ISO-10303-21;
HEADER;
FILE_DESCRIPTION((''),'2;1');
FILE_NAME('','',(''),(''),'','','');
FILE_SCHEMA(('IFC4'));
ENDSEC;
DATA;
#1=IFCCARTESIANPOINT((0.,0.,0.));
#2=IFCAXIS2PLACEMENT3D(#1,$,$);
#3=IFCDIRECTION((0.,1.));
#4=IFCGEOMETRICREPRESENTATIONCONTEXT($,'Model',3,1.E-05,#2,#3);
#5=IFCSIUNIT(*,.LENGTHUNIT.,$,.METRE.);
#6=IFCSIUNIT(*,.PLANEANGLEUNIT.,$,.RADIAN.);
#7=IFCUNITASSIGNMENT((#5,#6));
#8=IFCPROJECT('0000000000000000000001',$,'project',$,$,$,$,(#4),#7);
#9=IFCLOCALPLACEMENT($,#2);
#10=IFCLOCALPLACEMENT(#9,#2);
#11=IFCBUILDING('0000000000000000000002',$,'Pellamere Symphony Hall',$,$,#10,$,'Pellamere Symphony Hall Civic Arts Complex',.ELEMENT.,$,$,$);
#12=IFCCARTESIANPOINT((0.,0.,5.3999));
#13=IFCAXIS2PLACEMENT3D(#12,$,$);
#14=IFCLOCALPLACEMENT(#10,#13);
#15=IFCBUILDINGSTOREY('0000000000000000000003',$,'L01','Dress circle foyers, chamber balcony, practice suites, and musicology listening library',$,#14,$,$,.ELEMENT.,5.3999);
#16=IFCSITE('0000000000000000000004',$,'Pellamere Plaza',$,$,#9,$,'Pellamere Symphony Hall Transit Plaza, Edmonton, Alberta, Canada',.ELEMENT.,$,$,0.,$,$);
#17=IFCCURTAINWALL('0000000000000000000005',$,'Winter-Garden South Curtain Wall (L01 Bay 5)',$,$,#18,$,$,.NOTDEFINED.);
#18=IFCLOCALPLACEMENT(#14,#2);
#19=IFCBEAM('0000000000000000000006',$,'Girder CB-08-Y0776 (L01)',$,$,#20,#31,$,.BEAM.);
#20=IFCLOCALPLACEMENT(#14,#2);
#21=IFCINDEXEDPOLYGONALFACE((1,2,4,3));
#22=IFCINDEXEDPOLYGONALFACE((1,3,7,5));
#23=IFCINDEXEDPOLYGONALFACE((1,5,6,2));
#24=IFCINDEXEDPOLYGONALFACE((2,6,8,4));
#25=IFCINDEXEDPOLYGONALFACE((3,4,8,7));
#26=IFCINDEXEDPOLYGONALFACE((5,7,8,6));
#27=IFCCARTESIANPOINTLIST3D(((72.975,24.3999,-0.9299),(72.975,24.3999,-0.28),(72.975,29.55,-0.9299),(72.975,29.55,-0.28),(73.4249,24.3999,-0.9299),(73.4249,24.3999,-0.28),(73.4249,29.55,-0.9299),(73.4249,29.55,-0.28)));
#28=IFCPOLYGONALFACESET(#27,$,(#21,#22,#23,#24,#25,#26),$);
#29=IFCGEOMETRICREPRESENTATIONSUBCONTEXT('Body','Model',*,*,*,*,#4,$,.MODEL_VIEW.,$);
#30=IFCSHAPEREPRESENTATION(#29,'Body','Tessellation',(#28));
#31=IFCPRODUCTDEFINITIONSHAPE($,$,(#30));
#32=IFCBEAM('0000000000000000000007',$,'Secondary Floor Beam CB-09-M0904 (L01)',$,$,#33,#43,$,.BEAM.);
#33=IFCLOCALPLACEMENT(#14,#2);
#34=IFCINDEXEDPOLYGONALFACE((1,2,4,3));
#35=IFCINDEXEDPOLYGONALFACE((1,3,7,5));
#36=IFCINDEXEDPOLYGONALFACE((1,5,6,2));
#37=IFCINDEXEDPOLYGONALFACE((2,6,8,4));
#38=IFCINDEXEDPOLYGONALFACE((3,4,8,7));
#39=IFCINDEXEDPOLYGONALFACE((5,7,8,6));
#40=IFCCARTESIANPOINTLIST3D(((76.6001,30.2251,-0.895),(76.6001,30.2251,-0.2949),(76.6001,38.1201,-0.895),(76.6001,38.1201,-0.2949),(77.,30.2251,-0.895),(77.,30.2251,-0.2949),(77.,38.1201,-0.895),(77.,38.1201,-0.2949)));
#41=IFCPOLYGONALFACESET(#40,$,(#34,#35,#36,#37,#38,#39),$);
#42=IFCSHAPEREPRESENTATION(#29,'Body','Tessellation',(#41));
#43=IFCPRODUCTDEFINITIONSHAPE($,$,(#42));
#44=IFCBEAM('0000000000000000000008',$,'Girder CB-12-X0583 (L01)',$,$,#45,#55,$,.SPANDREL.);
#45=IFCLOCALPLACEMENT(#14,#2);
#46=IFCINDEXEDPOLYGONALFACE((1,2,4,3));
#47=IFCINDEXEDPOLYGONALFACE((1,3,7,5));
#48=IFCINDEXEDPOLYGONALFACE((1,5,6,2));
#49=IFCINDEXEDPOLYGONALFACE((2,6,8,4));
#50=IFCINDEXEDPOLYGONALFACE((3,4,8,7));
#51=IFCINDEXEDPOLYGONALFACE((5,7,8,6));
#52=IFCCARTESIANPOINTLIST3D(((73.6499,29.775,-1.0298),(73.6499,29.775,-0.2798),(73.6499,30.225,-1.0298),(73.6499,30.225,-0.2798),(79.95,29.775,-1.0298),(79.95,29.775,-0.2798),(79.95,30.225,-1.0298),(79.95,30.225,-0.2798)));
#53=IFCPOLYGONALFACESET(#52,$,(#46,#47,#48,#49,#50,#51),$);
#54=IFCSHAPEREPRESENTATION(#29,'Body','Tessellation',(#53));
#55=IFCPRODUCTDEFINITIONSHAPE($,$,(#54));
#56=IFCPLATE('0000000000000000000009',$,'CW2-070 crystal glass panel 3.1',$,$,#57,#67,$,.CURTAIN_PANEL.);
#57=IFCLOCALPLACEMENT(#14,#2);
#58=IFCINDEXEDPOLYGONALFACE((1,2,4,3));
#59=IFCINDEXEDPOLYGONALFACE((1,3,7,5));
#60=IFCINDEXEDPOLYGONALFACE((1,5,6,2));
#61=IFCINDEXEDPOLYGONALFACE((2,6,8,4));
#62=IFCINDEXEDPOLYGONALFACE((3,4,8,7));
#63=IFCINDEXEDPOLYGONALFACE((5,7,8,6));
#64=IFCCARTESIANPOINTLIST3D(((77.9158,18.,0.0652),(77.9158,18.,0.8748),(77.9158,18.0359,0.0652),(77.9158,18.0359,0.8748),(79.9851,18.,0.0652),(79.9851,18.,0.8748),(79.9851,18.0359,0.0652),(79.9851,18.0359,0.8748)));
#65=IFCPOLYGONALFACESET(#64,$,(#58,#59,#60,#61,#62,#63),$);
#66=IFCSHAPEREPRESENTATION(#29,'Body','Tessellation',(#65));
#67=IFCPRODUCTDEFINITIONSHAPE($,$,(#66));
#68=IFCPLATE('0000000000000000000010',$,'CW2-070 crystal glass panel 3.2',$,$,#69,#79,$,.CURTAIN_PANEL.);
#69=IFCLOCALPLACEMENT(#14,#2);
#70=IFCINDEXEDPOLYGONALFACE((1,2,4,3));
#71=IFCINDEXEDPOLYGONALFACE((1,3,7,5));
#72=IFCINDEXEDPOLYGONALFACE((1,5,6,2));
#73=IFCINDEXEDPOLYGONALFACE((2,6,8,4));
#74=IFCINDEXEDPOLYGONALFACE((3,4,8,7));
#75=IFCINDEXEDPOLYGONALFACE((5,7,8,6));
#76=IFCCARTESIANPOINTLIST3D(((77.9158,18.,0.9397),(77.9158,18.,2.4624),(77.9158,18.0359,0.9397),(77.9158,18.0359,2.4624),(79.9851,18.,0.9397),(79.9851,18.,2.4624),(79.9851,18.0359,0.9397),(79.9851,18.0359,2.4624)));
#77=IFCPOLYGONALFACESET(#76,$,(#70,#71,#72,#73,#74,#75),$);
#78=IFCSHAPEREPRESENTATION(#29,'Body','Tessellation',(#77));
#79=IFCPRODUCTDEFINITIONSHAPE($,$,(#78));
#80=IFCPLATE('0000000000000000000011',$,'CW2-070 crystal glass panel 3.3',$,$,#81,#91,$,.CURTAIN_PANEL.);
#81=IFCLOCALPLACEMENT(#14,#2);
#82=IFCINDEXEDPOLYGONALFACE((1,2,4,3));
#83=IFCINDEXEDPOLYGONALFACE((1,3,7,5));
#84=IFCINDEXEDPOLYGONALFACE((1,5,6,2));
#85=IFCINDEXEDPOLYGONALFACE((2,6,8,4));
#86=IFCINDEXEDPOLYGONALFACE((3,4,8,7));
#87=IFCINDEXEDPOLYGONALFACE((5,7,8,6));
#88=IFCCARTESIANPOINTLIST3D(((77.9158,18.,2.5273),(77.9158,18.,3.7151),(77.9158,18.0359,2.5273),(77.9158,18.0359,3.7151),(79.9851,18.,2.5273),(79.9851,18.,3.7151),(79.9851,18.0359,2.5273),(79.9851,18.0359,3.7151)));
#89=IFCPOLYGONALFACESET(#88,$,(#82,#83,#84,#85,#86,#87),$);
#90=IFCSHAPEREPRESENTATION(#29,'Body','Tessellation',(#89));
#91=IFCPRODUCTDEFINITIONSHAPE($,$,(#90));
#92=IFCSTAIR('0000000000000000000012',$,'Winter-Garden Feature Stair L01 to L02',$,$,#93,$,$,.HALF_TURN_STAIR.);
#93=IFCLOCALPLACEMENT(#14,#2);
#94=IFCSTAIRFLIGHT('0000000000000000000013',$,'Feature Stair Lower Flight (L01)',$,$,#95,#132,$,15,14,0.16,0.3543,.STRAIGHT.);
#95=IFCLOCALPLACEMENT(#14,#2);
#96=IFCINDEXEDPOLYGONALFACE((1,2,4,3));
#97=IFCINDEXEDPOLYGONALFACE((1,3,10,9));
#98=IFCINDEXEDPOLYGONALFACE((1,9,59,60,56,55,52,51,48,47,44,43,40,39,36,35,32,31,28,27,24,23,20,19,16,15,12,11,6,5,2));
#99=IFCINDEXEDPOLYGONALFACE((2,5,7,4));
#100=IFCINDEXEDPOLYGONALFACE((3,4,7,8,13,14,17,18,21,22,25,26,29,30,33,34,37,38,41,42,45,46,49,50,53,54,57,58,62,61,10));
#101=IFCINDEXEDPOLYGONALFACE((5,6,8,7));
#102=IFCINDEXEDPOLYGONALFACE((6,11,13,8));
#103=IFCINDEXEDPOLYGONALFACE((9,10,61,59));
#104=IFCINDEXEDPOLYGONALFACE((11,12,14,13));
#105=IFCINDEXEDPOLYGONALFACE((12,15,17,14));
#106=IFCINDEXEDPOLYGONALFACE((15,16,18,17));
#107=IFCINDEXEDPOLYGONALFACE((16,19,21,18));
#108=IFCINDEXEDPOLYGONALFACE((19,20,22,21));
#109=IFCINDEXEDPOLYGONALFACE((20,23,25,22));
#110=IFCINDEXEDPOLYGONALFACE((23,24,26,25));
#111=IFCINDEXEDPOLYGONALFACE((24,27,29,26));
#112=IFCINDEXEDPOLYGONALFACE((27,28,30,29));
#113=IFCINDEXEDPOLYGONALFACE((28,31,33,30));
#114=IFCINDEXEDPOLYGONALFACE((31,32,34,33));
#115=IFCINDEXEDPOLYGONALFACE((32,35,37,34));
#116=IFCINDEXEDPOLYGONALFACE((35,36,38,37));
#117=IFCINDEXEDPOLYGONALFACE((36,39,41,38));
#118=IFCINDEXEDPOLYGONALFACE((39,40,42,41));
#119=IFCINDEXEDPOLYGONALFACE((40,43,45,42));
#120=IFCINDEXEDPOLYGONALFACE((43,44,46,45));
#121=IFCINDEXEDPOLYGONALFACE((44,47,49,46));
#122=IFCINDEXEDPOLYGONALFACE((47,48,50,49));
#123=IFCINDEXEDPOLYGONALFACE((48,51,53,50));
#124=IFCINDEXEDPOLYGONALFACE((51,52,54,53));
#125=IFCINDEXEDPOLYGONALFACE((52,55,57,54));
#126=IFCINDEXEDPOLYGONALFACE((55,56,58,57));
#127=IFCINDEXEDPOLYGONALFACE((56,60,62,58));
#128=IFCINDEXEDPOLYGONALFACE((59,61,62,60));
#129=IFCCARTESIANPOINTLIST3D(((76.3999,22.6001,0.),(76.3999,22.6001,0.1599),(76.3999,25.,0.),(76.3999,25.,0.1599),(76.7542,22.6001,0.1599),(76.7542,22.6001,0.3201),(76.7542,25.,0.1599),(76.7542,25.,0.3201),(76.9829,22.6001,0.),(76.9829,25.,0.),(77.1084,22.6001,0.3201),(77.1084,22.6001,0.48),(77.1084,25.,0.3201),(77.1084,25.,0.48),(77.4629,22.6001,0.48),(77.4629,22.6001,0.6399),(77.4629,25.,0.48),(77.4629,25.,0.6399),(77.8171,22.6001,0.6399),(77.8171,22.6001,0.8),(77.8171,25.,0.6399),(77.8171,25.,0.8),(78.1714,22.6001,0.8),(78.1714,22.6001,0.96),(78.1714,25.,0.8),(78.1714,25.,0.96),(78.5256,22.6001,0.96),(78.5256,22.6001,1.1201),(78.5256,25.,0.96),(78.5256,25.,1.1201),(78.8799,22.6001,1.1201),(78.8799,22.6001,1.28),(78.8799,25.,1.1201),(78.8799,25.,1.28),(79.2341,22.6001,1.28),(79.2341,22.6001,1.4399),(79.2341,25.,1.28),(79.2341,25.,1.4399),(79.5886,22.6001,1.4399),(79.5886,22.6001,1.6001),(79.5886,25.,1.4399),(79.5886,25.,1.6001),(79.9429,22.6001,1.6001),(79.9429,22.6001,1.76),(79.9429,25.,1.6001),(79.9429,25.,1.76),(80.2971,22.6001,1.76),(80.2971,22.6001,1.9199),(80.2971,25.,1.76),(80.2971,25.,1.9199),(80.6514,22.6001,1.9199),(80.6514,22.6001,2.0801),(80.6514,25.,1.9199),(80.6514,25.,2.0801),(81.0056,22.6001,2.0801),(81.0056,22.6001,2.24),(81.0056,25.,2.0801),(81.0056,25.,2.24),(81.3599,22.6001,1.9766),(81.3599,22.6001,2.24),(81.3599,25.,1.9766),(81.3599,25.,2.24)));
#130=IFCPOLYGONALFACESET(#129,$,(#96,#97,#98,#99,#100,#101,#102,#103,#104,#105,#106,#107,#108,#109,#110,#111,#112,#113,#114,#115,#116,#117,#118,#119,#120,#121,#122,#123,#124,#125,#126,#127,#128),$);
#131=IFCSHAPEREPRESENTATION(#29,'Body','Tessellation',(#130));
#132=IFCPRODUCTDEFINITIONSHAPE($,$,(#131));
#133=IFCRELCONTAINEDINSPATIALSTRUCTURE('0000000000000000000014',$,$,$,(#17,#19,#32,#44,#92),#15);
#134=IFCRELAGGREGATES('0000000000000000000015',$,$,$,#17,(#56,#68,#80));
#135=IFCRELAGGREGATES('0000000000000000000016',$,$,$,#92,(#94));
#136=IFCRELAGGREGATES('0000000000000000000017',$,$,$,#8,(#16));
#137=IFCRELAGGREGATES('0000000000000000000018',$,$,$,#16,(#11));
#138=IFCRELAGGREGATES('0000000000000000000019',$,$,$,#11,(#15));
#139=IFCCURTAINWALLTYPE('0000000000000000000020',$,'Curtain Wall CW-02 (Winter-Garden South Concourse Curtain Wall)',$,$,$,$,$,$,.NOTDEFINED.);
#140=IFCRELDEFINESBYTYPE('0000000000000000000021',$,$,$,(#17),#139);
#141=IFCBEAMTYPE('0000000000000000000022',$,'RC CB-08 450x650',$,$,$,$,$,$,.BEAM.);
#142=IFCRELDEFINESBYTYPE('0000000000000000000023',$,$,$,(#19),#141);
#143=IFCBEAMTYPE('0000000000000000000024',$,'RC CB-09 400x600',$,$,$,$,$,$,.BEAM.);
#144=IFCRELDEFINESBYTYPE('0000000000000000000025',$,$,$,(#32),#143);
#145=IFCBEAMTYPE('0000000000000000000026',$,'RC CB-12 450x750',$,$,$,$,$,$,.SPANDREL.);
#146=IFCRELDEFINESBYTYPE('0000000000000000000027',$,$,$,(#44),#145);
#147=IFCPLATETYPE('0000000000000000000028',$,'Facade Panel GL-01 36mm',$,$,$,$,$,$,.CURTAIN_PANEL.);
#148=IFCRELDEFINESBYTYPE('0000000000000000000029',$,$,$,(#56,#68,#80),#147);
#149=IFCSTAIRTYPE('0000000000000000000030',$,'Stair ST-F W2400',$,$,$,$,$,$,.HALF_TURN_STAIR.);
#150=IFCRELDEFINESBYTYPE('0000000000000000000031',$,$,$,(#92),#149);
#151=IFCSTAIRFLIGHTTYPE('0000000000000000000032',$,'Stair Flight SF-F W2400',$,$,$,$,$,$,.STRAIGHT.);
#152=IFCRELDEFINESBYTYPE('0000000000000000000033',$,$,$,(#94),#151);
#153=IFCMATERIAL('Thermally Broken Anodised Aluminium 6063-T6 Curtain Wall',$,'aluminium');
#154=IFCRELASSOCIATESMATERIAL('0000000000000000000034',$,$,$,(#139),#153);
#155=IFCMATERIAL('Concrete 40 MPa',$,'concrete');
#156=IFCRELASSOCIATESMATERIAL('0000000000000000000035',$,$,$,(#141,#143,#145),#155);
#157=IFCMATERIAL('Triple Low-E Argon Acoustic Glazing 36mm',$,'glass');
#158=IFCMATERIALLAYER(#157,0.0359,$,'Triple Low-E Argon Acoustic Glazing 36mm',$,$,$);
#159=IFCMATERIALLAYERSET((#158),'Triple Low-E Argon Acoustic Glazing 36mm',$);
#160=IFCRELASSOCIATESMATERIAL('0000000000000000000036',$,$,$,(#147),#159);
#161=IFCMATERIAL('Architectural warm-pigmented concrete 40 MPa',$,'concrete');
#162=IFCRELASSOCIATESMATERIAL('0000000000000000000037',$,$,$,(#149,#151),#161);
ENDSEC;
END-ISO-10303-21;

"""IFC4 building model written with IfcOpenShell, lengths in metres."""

from ifc_helpers import new_model, si_unit, direction, frame, origin, origin_2d, place, context, subcontext, project, spatial, polyline, rectangle, outline, extrude, material, layer, layer_set, material_profile, profile_set, type_object, element, aggregate, save


model = new_model("IFC4")

# Units and contexts
model_context = context("Model", 3, precision=1e-05, world=origin(), true_north=direction((0.0, 1.0)))
body_context = subcontext(model_context, "Body", "Model", "MODEL_VIEW")
ifc_project = project(units=[si_unit("LENGTHUNIT", "METRE"), si_unit("PLANEANGLEUNIT", "RADIAN")], contexts=[model_context])

# Site, building, storey
site_placement = place(None, origin())
site = spatial("IfcSite", under=ifc_project, at=site_placement, Name="Pellamere Plaza", LongName="Pellamere Symphony Hall Transit Plaza, Edmonton, Alberta, Canada", CompositionType="ELEMENT", RefElevation=0.0)
building_placement = place(site_placement, origin())
building = spatial("IfcBuilding", under=site, at=building_placement, Name="Pellamere Symphony Hall", LongName="Pellamere Symphony Hall Civic Arts Complex", CompositionType="ELEMENT")
storey_placement = place(building_placement, frame((0.0, 0.0, 5.3999)))
storey = spatial("IfcBuildingStorey", under=building, at=storey_placement, Name="L01", Description="Dress circle foyers, chamber balcony, practice suites, and musicology listening library", CompositionType="ELEMENT", Elevation=5.3999)

# Shared definitions
ifc_material_1 = material(Name="Concrete 40 MPa", Category="concrete")

# Curtain wall
ifc_material_2 = material(Name="Thermally Broken Anodised Aluminium 6063-T6 Curtain Wall", Category="aluminium")
curtain_wall_type = type_object("IfcCurtainWallType", Name="Curtain Wall CW-02 (Winter-Garden South Concourse Curtain Wall)", PredefinedType="NOTDEFINED", material=ifc_material_2)
curtain_wall_placement = place(storey_placement, origin())
curtain_wall = element("IfcCurtainWall", 1, at=curtain_wall_placement, inside=storey, type_object=curtain_wall_type, Name="Winter-Garden South Curtain Wall (L01 Bay 5)", PredefinedType="NOTDEFINED")

# Beams
ifc_material_profile_1 = material_profile(ifc_material_1, rectangle(XDim=0.45, YDim=0.6499, at=origin_2d()), Name="RC 450x650")
ifc_profile_set_1 = profile_set([ifc_material_profile_1], Name="Concrete 40 MPa")
beam_type_1 = type_object("IfcBeamType", Name="RC CB-08 450x650", PredefinedType="BEAM", material=ifc_profile_set_1)
beam_1_placement = place(storey_placement, frame((73.2, 24.3999, -0.605), z_axis=(0.0, 1.0, 0.0), x_axis=(-1.0, 0.0, 0.0)))
element("IfcBeam", 2, at=beam_1_placement, inside=storey, type_object=beam_type_1, Name="Girder CB-08-Y0776 (L01)", PredefinedType="BEAM", context=body_context, shape_type="SweptSolid", body=[
    extrude(rectangle(XDim=0.45, YDim=0.6499, at=origin_2d()), origin(), (0.0, 0.0, 1.0), 5.1501),
])
ifc_material_profile_2 = material_profile(ifc_material_1, rectangle(XDim=0.3999, YDim=0.6001, at=origin_2d()), Name="RC 400x600")
ifc_profile_set_2 = profile_set([ifc_material_profile_2], Name="Concrete 40 MPa")
beam_type_2 = type_object("IfcBeamType", Name="RC CB-09 400x600", PredefinedType="BEAM", material=ifc_profile_set_2)
beam_2_placement = place(storey_placement, frame((76.8, 30.2251, -0.595), z_axis=(0.0, 1.0, 0.0), x_axis=(-1.0, 0.0, 0.0)))
element("IfcBeam", 3, at=beam_2_placement, inside=storey, type_object=beam_type_2, Name="Secondary Floor Beam CB-09-M0904 (L01)", PredefinedType="BEAM", context=body_context, shape_type="SweptSolid", body=[
    extrude(rectangle(XDim=0.3999, YDim=0.6001, at=origin_2d()), origin(), (0.0, 0.0, 1.0), 7.895),
])
ifc_material_profile_3 = material_profile(ifc_material_1, rectangle(XDim=0.45, YDim=0.75, at=origin_2d()), Name="RC 450x750")
ifc_profile_set_3 = profile_set([ifc_material_profile_3], Name="Concrete 40 MPa")
beam_type_3 = type_object("IfcBeamType", Name="RC CB-12 450x750", PredefinedType="SPANDREL", material=ifc_profile_set_3)
beam_3_placement = place(storey_placement, frame((73.6499, 30.0, -0.6548), z_axis=(1.0, 0.0, 0.0), x_axis=(0.0, 1.0, 0.0)))
element("IfcBeam", 4, at=beam_3_placement, inside=storey, type_object=beam_type_3, Name="Girder CB-12-X0583 (L01)", PredefinedType="SPANDREL", context=body_context, shape_type="SweptSolid", body=[
    extrude(rectangle(XDim=0.45, YDim=0.75, at=origin_2d()), origin(), (0.0, 0.0, 1.0), 6.3),
])

# Plates
ifc_material_3 = material(Name="Triple Low-E Argon Acoustic Glazing 36mm", Category="glass")
ifc_layer = layer(ifc_material_3, 0.0359, Name="Triple Low-E Argon Acoustic Glazing 36mm")
ifc_layer_set = layer_set([ifc_layer], Name="Triple Low-E Argon Acoustic Glazing 36mm")
plate_type = type_object("IfcPlateType", Name="Facade Panel GL-01 36mm", PredefinedType="CURTAIN_PANEL", material=ifc_layer_set)
plate_1_placement = place(storey_placement, frame((77.9158, 18.0, 0.0652), z_axis=(0.0, -1.0, 0.0), x_axis=(1.0, 0.0, 0.0)))
plate_1 = element("IfcPlate", 5, at=plate_1_placement, type_object=plate_type, Name="CW2-070 crystal glass panel 3.1", PredefinedType="CURTAIN_PANEL", context=body_context, shape_type="SweptSolid", body=[
    extrude(outline(polyline([(0.0, 0.0), (2.0693, 0.0), (2.0693, 0.8096), (0.0, 0.8096), (0.0, 0.0)])), origin(), (0.0, 0.0, -1.0), 0.0359),
])
plate_2_placement = place(storey_placement, frame((77.9158, 18.0, 0.9397), z_axis=(0.0, -1.0, 0.0), x_axis=(1.0, 0.0, 0.0)))
plate_2 = element("IfcPlate", 6, at=plate_2_placement, type_object=plate_type, Name="CW2-070 crystal glass panel 3.2", PredefinedType="CURTAIN_PANEL", context=body_context, shape_type="SweptSolid", body=[
    extrude(outline(polyline([(0.0, 0.0), (2.0693, 0.0), (2.0693, 1.5227), (0.0, 1.5227), (0.0, 0.0)])), origin(), (0.0, 0.0, -1.0), 0.0359),
])
plate_3_placement = place(storey_placement, frame((77.9158, 18.0, 2.5273), z_axis=(0.0, -1.0, 0.0), x_axis=(1.0, 0.0, 0.0)))
plate_3 = element("IfcPlate", 7, at=plate_3_placement, type_object=plate_type, Name="CW2-070 crystal glass panel 3.3", PredefinedType="CURTAIN_PANEL", context=body_context, shape_type="SweptSolid", body=[
    extrude(outline(polyline([(0.0, 0.0), (2.0693, 0.0), (2.0693, 1.1877), (0.0, 1.1877), (0.0, 0.0)])), origin(), (0.0, 0.0, -1.0), 0.0359),
])
aggregate(curtain_wall, [plate_1, plate_2, plate_3])

# Stair, stair flight
ifc_material_4 = material(Name="Architectural warm-pigmented concrete 40 MPa", Category="concrete")
stair_type = type_object("IfcStairType", Name="Stair ST-F W2400", PredefinedType="HALF_TURN_STAIR", material=ifc_material_4)
stair_placement = place(storey_placement, origin())
stair = element("IfcStair", 8, at=stair_placement, inside=storey, type_object=stair_type, Name="Winter-Garden Feature Stair L01 to L02", PredefinedType="HALF_TURN_STAIR")
stair_flight_type = type_object("IfcStairFlightType", Name="Stair Flight SF-F W2400", PredefinedType="STRAIGHT", material=ifc_material_4)
stair_flight_placement = place(storey_placement, frame((76.3999, 23.8, 0.0), z_axis=(0.0, 0.0, 1.0), x_axis=(1.0, 0.0, 0.0)))
stair_flight = element("IfcStairFlight", 9, at=stair_flight_placement, type_object=stair_flight_type, Name="Feature Stair Lower Flight (L01)", NumberOfRisers=15, NumberOfTreads=14, PredefinedType="STRAIGHT", RiserHeight=0.16, TreadLength=0.3543, context=body_context, shape_type="SweptSolid", body=[
    extrude(outline(polyline([(0.0, 0.0), (0.0, 0.1599), (0.3542, 0.1599), (0.3542, 0.3201), (0.7085, 0.3201), (0.7085, 0.48), (1.063, 0.48), (1.063, 0.6399), (1.4172, 0.6399), (1.4172, 0.8), (1.7715, 0.8), (1.7715, 0.96), (2.1257, 0.96), (2.1257, 1.1201), (2.48, 1.1201), (2.48, 1.28), (2.8342, 1.28), (2.8342, 1.4399), (3.1887, 1.4399), (3.1887, 1.6001), (3.543, 1.6001), (3.543, 1.76), (3.8972, 1.76), (3.8972, 1.9199), (4.2515, 1.9199), (4.2515, 2.0801), (4.6057, 2.0801), (4.6057, 2.24), (4.96, 2.24), (4.96, 2.3999), (4.96, 1.9766), (0.583, 0.0), (0.0, 0.0)])), frame((0.0, 1.2, 0.0), z_axis=(0.0, -1.0, 0.0), x_axis=(1.0, 0.0, 0.0)), (0.0, 0.0, 1.0), 2.3999),
])
aggregate(stair, [stair_flight])

save(model, "model.ifc")
